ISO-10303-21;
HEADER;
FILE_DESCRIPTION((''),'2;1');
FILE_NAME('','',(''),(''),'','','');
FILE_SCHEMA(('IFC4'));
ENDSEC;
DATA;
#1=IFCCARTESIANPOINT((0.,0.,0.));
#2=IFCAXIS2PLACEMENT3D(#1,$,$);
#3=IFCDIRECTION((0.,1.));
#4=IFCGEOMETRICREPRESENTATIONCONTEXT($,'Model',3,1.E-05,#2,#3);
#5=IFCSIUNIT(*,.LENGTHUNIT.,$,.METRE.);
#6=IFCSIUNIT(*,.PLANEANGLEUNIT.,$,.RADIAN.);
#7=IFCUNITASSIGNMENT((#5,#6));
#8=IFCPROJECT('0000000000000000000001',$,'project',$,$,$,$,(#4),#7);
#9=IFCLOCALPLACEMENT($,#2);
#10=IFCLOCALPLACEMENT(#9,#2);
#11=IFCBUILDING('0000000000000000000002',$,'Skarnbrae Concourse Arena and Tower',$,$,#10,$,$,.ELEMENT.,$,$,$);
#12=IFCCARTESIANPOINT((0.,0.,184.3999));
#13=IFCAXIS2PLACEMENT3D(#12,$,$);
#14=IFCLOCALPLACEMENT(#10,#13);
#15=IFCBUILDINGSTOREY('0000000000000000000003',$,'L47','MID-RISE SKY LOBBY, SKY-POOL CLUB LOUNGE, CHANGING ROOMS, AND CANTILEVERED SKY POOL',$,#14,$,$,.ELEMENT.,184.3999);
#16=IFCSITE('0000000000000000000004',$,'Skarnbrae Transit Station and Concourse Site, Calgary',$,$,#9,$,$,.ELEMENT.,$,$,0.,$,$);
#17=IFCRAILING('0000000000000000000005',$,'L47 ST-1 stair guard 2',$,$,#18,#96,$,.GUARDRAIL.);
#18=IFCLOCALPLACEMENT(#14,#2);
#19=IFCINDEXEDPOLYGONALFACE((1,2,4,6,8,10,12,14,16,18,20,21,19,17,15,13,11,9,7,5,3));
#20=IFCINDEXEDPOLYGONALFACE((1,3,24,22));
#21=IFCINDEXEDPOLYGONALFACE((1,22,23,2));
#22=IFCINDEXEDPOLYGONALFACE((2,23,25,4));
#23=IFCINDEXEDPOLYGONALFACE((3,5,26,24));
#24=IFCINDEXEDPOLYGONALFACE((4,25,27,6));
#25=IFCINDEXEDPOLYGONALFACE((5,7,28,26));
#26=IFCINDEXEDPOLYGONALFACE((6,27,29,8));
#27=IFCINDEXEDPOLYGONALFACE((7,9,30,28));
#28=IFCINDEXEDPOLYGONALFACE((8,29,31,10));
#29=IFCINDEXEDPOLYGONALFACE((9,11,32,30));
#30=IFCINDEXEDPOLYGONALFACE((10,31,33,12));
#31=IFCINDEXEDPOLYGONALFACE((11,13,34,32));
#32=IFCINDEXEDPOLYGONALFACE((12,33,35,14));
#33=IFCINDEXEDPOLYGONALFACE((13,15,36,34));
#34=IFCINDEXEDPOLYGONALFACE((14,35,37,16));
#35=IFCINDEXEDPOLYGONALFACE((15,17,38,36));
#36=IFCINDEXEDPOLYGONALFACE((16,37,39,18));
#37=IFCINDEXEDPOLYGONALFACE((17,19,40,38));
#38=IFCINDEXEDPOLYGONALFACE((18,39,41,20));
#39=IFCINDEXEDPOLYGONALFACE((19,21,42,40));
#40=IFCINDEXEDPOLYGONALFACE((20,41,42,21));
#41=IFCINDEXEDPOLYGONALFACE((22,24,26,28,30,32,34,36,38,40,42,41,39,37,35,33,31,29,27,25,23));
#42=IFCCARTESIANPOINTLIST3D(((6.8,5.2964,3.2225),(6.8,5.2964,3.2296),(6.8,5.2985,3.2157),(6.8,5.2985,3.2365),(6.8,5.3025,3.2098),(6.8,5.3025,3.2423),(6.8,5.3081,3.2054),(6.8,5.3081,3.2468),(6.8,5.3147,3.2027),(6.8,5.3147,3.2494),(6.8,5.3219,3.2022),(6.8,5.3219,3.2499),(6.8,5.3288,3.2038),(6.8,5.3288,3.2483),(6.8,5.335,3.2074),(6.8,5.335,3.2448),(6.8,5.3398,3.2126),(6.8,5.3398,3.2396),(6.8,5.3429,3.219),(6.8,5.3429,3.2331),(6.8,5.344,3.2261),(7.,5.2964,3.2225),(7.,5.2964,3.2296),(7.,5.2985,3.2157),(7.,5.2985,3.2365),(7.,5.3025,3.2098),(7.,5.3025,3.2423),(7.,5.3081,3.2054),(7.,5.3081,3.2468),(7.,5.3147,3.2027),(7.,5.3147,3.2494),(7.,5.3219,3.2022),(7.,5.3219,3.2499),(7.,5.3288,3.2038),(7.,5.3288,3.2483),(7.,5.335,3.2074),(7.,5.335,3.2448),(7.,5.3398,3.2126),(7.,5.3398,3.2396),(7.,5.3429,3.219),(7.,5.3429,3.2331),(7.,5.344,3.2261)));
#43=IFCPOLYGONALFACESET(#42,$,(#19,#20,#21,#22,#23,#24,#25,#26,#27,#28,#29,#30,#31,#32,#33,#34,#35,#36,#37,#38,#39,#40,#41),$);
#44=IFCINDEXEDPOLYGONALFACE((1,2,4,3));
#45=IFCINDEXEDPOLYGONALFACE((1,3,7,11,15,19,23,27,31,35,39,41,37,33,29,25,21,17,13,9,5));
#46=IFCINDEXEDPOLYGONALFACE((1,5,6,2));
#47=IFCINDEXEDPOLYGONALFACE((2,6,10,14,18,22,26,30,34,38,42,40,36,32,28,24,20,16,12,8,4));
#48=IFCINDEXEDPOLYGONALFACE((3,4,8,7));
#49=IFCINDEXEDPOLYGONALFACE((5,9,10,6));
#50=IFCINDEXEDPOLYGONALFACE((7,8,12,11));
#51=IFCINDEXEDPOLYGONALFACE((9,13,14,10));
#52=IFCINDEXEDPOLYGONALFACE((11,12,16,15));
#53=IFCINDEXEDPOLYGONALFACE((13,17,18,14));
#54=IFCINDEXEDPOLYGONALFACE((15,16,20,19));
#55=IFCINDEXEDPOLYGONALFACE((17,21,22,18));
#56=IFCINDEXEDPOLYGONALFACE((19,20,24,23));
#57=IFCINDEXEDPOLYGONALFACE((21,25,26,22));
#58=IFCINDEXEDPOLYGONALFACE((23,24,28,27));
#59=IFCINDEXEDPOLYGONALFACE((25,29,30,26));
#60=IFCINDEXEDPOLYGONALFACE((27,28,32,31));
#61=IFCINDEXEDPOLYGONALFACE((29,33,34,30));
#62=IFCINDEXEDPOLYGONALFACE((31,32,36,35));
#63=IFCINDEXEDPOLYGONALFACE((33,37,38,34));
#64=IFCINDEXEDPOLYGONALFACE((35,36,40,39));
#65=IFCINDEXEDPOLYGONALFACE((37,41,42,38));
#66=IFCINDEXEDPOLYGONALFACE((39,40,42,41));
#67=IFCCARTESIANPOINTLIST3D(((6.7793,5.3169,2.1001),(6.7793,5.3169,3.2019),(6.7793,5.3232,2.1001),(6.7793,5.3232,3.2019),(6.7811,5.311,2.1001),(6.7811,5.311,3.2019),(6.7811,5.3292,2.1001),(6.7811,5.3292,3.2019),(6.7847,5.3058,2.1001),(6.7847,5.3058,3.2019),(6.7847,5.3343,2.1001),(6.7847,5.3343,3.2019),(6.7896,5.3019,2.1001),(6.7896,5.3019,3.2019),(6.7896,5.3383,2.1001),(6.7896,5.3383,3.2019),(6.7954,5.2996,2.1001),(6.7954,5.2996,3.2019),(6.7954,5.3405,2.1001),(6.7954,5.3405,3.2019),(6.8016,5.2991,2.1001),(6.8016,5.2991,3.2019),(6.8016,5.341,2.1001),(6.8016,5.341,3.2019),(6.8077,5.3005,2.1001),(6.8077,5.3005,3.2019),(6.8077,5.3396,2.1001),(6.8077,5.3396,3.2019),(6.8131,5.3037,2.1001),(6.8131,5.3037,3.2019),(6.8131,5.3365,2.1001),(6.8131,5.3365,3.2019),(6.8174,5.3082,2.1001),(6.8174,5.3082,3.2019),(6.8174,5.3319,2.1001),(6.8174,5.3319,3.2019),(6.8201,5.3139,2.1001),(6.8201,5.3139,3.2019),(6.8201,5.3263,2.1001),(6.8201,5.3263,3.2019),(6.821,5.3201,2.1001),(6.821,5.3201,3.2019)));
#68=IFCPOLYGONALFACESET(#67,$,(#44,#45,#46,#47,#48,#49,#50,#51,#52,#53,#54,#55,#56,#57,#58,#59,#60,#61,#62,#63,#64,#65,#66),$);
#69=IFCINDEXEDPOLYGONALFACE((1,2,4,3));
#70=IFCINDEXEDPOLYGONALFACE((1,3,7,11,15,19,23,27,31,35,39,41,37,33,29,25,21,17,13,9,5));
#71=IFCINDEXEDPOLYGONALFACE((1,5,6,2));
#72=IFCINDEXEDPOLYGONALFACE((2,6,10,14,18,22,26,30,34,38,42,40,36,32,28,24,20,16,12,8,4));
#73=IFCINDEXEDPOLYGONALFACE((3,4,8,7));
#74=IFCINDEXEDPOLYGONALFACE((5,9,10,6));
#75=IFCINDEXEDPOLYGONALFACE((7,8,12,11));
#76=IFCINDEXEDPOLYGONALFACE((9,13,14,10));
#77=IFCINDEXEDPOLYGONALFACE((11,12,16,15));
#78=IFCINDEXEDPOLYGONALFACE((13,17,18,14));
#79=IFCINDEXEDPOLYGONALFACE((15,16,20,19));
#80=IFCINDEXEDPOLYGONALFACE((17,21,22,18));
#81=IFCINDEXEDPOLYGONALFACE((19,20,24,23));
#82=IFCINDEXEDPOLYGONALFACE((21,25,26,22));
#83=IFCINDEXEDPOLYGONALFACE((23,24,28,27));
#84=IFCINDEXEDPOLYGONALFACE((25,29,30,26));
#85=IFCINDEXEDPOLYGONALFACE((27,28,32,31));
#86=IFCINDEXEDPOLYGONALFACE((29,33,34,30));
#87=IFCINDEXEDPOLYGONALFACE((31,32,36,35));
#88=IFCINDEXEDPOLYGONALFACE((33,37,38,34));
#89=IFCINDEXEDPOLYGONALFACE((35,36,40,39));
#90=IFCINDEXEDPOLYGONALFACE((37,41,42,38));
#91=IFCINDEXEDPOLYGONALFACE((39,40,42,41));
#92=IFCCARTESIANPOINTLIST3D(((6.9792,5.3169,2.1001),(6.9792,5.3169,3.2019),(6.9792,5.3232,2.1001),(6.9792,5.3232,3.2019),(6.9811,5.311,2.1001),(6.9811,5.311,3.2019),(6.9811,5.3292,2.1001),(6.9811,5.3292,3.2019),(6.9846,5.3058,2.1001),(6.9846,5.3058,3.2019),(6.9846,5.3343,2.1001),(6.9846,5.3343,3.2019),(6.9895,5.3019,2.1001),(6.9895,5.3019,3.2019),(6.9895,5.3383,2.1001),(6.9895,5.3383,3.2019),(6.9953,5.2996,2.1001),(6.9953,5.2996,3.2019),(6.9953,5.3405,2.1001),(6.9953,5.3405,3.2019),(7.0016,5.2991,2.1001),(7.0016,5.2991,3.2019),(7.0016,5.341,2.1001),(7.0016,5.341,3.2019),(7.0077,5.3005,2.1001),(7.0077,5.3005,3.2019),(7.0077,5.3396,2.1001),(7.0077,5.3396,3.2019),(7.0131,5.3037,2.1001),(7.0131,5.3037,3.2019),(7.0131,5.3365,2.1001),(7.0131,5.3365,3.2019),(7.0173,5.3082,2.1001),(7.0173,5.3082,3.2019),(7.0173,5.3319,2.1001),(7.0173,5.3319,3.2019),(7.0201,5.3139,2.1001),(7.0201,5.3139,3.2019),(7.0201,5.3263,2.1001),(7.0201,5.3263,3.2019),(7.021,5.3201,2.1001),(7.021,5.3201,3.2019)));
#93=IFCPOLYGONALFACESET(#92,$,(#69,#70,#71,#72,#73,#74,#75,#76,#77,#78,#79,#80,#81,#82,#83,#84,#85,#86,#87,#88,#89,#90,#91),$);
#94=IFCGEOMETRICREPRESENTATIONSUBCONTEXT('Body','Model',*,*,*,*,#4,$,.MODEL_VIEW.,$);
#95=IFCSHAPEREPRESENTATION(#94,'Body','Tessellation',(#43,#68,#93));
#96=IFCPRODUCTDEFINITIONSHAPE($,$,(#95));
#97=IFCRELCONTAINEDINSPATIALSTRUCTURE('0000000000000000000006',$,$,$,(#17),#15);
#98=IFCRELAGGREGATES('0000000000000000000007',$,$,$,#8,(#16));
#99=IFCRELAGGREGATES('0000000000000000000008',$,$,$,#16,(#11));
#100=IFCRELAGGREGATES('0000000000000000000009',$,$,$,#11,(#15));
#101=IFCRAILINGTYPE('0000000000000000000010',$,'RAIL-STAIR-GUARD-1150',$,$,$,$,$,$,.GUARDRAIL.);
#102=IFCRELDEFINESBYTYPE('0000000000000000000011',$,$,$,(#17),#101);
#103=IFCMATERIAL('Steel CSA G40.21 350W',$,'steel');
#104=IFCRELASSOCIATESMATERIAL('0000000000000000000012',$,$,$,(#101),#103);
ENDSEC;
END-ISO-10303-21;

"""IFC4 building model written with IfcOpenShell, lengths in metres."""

from ifc_helpers import new_model, si_unit, direction, frame, origin, origin_2d, place, context, subcontext, project, spatial, circle, extrude, material, type_object, element, save


model = new_model("IFC4")

# Units and contexts
model_context = context("Model", 3, precision=1e-05, world=origin(), true_north=direction((0.0, 1.0)))
body_context = subcontext(model_context, "Body", "Model", "MODEL_VIEW")
ifc_project = project(units=[si_unit("LENGTHUNIT", "METRE"), si_unit("PLANEANGLEUNIT", "RADIAN")], contexts=[model_context])

# Site, building, storey
site_placement = place(None, origin())
site = spatial("IfcSite", under=ifc_project, at=site_placement, Name="Skarnbrae Transit Station and Concourse Site, Calgary", CompositionType="ELEMENT", RefElevation=0.0)
building_placement = place(site_placement, origin())
building = spatial("IfcBuilding", under=site, at=building_placement, Name="Skarnbrae Concourse Arena and Tower", CompositionType="ELEMENT")
storey_placement = place(building_placement, frame((0.0, 0.0, 184.3999)))
storey = spatial("IfcBuildingStorey", under=building, at=storey_placement, Name="L47", Description="MID-RISE SKY LOBBY, SKY-POOL CLUB LOUNGE, CHANGING ROOMS, AND CANTILEVERED SKY POOL", CompositionType="ELEMENT", Elevation=184.3999)

# Railing
ifc_material_1 = material(Name="Steel CSA G40.21 350W", Category="steel")
railing_type_1 = type_object("IfcRailingType", Name="RAIL-STAIR-GUARD-1150", PredefinedType="GUARDRAIL", material=ifc_material_1)
railing_1_placement = place(storey_placement, frame((6.8, 5.3201, 2.1001)))
element("IfcRailing", 1, at=railing_1_placement, inside=storey, type_object=railing_type_1, Name="L47 ST-1 stair guard 2", PredefinedType="GUARDRAIL", context=body_context, shape_type="SweptSolid", body=[
    extrude(circle(Radius=0.0239, at=origin_2d()), frame((0.0, 0.0, 1.126), z_axis=(1.0, 0.0, 0.0), x_axis=(0.0, 1.0, 0.0)), (0.0, 0.0, 1.0), 0.2),
    extrude(circle(Radius=0.021, at=origin_2d()), origin(), (0.0, 0.0, 1.0), 1.1018),
    extrude(circle(Radius=0.021, at=origin_2d()), frame((0.2, 0.0, 0.0)), (0.0, 0.0, 1.0), 1.1018),
])

save(model, "model.ifc")
